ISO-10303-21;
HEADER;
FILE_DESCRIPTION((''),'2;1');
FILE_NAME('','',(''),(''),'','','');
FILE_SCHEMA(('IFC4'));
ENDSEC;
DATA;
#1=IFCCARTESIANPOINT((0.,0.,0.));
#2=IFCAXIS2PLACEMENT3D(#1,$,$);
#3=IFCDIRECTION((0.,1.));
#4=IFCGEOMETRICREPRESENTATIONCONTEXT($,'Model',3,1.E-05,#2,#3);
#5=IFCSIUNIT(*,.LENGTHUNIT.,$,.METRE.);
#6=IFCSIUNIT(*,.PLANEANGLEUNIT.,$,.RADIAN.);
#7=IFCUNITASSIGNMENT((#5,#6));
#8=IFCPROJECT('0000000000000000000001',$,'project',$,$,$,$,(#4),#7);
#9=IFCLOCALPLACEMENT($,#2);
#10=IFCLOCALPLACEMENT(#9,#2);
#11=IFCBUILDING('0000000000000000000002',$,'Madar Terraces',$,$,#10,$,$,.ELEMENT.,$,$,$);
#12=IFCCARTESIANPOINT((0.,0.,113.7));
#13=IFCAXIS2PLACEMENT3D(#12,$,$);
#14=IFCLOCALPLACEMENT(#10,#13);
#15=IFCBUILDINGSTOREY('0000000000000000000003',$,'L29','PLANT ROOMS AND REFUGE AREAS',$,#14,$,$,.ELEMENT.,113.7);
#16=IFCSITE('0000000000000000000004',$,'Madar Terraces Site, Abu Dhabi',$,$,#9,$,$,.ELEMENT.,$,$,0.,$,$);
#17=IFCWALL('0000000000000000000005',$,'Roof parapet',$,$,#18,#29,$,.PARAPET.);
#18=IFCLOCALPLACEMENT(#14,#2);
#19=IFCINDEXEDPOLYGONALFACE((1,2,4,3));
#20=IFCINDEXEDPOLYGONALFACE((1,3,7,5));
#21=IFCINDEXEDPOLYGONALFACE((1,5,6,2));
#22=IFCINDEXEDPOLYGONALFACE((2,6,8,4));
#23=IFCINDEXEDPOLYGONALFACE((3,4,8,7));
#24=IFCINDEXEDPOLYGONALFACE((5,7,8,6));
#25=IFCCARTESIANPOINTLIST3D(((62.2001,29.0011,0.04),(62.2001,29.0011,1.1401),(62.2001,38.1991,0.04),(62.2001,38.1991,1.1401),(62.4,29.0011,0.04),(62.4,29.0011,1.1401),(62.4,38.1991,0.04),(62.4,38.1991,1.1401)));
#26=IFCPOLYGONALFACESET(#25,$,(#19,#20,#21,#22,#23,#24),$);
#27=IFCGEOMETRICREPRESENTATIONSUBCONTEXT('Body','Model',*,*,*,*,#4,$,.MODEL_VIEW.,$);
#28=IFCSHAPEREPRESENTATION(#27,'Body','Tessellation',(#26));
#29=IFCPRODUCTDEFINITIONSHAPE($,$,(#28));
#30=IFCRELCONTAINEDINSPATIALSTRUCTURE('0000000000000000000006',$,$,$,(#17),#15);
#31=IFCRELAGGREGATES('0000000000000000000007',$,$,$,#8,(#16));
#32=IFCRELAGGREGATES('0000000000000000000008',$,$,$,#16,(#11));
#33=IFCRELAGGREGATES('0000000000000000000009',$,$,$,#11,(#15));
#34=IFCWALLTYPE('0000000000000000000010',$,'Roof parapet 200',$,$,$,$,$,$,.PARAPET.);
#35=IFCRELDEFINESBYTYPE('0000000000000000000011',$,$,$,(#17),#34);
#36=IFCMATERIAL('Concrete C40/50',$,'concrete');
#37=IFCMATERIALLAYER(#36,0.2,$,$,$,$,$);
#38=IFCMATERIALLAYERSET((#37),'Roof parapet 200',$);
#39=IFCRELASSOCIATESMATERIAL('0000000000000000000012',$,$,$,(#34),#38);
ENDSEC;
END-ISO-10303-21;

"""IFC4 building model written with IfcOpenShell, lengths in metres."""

from ifc_helpers import new_model, si_unit, direction, frame, frame_2d, origin, place, context, subcontext, project, spatial, rectangle, extrude, material, layer, layer_set, type_object, element, save


model = new_model("IFC4")

# Units and contexts
model_context = context("Model", 3, precision=1e-05, world=origin(), true_north=direction((0.0, 1.0)))
body_context = subcontext(model_context, "Body", "Model", "MODEL_VIEW")
ifc_project = project(units=[si_unit("LENGTHUNIT", "METRE"), si_unit("PLANEANGLEUNIT", "RADIAN")], contexts=[model_context])

# Site, building, storey
site_placement = place(None, origin())
site = spatial("IfcSite", under=ifc_project, at=site_placement, Name="Madar Terraces Site, Abu Dhabi", CompositionType="ELEMENT", RefElevation=0.0)
building_placement = place(site_placement, origin())
building = spatial("IfcBuilding", under=site, at=building_placement, Name="Madar Terraces", CompositionType="ELEMENT")
storey_placement = place(building_placement, frame((0.0, 0.0, 113.7)))
storey = spatial("IfcBuildingStorey", under=building, at=storey_placement, Name="L29", Description="PLANT ROOMS AND REFUGE AREAS", CompositionType="ELEMENT", Elevation=113.7)

# Wall
ifc_material_1 = material(Name="Concrete C40/50", Category="concrete")
ifc_layer_1 = layer(ifc_material_1, 0.2)
ifc_layer_set_1 = layer_set([ifc_layer_1], Name="Roof parapet 200")
wall_type = type_object("IfcWallType", Name="Roof parapet 200", PredefinedType="PARAPET", material=ifc_layer_set_1)
wall_placement = place(storey_placement, frame((62.3, 29.001, 0.04), z_axis=(0.0, 0.0, 1.0), x_axis=(0.0, 1.0, 0.0)))
element("IfcWall", 1, at=wall_placement, inside=storey, type_object=wall_type, Name="Roof parapet", PredefinedType="PARAPET", context=body_context, shape_type="SweptSolid", body=[
    extrude(rectangle(XDim=9.198, YDim=0.2, at=frame_2d((4.5991, 0.0))), origin(), (0.0, 0.0, 1.0), 1.1001),
])

save(model, "model.ifc")
